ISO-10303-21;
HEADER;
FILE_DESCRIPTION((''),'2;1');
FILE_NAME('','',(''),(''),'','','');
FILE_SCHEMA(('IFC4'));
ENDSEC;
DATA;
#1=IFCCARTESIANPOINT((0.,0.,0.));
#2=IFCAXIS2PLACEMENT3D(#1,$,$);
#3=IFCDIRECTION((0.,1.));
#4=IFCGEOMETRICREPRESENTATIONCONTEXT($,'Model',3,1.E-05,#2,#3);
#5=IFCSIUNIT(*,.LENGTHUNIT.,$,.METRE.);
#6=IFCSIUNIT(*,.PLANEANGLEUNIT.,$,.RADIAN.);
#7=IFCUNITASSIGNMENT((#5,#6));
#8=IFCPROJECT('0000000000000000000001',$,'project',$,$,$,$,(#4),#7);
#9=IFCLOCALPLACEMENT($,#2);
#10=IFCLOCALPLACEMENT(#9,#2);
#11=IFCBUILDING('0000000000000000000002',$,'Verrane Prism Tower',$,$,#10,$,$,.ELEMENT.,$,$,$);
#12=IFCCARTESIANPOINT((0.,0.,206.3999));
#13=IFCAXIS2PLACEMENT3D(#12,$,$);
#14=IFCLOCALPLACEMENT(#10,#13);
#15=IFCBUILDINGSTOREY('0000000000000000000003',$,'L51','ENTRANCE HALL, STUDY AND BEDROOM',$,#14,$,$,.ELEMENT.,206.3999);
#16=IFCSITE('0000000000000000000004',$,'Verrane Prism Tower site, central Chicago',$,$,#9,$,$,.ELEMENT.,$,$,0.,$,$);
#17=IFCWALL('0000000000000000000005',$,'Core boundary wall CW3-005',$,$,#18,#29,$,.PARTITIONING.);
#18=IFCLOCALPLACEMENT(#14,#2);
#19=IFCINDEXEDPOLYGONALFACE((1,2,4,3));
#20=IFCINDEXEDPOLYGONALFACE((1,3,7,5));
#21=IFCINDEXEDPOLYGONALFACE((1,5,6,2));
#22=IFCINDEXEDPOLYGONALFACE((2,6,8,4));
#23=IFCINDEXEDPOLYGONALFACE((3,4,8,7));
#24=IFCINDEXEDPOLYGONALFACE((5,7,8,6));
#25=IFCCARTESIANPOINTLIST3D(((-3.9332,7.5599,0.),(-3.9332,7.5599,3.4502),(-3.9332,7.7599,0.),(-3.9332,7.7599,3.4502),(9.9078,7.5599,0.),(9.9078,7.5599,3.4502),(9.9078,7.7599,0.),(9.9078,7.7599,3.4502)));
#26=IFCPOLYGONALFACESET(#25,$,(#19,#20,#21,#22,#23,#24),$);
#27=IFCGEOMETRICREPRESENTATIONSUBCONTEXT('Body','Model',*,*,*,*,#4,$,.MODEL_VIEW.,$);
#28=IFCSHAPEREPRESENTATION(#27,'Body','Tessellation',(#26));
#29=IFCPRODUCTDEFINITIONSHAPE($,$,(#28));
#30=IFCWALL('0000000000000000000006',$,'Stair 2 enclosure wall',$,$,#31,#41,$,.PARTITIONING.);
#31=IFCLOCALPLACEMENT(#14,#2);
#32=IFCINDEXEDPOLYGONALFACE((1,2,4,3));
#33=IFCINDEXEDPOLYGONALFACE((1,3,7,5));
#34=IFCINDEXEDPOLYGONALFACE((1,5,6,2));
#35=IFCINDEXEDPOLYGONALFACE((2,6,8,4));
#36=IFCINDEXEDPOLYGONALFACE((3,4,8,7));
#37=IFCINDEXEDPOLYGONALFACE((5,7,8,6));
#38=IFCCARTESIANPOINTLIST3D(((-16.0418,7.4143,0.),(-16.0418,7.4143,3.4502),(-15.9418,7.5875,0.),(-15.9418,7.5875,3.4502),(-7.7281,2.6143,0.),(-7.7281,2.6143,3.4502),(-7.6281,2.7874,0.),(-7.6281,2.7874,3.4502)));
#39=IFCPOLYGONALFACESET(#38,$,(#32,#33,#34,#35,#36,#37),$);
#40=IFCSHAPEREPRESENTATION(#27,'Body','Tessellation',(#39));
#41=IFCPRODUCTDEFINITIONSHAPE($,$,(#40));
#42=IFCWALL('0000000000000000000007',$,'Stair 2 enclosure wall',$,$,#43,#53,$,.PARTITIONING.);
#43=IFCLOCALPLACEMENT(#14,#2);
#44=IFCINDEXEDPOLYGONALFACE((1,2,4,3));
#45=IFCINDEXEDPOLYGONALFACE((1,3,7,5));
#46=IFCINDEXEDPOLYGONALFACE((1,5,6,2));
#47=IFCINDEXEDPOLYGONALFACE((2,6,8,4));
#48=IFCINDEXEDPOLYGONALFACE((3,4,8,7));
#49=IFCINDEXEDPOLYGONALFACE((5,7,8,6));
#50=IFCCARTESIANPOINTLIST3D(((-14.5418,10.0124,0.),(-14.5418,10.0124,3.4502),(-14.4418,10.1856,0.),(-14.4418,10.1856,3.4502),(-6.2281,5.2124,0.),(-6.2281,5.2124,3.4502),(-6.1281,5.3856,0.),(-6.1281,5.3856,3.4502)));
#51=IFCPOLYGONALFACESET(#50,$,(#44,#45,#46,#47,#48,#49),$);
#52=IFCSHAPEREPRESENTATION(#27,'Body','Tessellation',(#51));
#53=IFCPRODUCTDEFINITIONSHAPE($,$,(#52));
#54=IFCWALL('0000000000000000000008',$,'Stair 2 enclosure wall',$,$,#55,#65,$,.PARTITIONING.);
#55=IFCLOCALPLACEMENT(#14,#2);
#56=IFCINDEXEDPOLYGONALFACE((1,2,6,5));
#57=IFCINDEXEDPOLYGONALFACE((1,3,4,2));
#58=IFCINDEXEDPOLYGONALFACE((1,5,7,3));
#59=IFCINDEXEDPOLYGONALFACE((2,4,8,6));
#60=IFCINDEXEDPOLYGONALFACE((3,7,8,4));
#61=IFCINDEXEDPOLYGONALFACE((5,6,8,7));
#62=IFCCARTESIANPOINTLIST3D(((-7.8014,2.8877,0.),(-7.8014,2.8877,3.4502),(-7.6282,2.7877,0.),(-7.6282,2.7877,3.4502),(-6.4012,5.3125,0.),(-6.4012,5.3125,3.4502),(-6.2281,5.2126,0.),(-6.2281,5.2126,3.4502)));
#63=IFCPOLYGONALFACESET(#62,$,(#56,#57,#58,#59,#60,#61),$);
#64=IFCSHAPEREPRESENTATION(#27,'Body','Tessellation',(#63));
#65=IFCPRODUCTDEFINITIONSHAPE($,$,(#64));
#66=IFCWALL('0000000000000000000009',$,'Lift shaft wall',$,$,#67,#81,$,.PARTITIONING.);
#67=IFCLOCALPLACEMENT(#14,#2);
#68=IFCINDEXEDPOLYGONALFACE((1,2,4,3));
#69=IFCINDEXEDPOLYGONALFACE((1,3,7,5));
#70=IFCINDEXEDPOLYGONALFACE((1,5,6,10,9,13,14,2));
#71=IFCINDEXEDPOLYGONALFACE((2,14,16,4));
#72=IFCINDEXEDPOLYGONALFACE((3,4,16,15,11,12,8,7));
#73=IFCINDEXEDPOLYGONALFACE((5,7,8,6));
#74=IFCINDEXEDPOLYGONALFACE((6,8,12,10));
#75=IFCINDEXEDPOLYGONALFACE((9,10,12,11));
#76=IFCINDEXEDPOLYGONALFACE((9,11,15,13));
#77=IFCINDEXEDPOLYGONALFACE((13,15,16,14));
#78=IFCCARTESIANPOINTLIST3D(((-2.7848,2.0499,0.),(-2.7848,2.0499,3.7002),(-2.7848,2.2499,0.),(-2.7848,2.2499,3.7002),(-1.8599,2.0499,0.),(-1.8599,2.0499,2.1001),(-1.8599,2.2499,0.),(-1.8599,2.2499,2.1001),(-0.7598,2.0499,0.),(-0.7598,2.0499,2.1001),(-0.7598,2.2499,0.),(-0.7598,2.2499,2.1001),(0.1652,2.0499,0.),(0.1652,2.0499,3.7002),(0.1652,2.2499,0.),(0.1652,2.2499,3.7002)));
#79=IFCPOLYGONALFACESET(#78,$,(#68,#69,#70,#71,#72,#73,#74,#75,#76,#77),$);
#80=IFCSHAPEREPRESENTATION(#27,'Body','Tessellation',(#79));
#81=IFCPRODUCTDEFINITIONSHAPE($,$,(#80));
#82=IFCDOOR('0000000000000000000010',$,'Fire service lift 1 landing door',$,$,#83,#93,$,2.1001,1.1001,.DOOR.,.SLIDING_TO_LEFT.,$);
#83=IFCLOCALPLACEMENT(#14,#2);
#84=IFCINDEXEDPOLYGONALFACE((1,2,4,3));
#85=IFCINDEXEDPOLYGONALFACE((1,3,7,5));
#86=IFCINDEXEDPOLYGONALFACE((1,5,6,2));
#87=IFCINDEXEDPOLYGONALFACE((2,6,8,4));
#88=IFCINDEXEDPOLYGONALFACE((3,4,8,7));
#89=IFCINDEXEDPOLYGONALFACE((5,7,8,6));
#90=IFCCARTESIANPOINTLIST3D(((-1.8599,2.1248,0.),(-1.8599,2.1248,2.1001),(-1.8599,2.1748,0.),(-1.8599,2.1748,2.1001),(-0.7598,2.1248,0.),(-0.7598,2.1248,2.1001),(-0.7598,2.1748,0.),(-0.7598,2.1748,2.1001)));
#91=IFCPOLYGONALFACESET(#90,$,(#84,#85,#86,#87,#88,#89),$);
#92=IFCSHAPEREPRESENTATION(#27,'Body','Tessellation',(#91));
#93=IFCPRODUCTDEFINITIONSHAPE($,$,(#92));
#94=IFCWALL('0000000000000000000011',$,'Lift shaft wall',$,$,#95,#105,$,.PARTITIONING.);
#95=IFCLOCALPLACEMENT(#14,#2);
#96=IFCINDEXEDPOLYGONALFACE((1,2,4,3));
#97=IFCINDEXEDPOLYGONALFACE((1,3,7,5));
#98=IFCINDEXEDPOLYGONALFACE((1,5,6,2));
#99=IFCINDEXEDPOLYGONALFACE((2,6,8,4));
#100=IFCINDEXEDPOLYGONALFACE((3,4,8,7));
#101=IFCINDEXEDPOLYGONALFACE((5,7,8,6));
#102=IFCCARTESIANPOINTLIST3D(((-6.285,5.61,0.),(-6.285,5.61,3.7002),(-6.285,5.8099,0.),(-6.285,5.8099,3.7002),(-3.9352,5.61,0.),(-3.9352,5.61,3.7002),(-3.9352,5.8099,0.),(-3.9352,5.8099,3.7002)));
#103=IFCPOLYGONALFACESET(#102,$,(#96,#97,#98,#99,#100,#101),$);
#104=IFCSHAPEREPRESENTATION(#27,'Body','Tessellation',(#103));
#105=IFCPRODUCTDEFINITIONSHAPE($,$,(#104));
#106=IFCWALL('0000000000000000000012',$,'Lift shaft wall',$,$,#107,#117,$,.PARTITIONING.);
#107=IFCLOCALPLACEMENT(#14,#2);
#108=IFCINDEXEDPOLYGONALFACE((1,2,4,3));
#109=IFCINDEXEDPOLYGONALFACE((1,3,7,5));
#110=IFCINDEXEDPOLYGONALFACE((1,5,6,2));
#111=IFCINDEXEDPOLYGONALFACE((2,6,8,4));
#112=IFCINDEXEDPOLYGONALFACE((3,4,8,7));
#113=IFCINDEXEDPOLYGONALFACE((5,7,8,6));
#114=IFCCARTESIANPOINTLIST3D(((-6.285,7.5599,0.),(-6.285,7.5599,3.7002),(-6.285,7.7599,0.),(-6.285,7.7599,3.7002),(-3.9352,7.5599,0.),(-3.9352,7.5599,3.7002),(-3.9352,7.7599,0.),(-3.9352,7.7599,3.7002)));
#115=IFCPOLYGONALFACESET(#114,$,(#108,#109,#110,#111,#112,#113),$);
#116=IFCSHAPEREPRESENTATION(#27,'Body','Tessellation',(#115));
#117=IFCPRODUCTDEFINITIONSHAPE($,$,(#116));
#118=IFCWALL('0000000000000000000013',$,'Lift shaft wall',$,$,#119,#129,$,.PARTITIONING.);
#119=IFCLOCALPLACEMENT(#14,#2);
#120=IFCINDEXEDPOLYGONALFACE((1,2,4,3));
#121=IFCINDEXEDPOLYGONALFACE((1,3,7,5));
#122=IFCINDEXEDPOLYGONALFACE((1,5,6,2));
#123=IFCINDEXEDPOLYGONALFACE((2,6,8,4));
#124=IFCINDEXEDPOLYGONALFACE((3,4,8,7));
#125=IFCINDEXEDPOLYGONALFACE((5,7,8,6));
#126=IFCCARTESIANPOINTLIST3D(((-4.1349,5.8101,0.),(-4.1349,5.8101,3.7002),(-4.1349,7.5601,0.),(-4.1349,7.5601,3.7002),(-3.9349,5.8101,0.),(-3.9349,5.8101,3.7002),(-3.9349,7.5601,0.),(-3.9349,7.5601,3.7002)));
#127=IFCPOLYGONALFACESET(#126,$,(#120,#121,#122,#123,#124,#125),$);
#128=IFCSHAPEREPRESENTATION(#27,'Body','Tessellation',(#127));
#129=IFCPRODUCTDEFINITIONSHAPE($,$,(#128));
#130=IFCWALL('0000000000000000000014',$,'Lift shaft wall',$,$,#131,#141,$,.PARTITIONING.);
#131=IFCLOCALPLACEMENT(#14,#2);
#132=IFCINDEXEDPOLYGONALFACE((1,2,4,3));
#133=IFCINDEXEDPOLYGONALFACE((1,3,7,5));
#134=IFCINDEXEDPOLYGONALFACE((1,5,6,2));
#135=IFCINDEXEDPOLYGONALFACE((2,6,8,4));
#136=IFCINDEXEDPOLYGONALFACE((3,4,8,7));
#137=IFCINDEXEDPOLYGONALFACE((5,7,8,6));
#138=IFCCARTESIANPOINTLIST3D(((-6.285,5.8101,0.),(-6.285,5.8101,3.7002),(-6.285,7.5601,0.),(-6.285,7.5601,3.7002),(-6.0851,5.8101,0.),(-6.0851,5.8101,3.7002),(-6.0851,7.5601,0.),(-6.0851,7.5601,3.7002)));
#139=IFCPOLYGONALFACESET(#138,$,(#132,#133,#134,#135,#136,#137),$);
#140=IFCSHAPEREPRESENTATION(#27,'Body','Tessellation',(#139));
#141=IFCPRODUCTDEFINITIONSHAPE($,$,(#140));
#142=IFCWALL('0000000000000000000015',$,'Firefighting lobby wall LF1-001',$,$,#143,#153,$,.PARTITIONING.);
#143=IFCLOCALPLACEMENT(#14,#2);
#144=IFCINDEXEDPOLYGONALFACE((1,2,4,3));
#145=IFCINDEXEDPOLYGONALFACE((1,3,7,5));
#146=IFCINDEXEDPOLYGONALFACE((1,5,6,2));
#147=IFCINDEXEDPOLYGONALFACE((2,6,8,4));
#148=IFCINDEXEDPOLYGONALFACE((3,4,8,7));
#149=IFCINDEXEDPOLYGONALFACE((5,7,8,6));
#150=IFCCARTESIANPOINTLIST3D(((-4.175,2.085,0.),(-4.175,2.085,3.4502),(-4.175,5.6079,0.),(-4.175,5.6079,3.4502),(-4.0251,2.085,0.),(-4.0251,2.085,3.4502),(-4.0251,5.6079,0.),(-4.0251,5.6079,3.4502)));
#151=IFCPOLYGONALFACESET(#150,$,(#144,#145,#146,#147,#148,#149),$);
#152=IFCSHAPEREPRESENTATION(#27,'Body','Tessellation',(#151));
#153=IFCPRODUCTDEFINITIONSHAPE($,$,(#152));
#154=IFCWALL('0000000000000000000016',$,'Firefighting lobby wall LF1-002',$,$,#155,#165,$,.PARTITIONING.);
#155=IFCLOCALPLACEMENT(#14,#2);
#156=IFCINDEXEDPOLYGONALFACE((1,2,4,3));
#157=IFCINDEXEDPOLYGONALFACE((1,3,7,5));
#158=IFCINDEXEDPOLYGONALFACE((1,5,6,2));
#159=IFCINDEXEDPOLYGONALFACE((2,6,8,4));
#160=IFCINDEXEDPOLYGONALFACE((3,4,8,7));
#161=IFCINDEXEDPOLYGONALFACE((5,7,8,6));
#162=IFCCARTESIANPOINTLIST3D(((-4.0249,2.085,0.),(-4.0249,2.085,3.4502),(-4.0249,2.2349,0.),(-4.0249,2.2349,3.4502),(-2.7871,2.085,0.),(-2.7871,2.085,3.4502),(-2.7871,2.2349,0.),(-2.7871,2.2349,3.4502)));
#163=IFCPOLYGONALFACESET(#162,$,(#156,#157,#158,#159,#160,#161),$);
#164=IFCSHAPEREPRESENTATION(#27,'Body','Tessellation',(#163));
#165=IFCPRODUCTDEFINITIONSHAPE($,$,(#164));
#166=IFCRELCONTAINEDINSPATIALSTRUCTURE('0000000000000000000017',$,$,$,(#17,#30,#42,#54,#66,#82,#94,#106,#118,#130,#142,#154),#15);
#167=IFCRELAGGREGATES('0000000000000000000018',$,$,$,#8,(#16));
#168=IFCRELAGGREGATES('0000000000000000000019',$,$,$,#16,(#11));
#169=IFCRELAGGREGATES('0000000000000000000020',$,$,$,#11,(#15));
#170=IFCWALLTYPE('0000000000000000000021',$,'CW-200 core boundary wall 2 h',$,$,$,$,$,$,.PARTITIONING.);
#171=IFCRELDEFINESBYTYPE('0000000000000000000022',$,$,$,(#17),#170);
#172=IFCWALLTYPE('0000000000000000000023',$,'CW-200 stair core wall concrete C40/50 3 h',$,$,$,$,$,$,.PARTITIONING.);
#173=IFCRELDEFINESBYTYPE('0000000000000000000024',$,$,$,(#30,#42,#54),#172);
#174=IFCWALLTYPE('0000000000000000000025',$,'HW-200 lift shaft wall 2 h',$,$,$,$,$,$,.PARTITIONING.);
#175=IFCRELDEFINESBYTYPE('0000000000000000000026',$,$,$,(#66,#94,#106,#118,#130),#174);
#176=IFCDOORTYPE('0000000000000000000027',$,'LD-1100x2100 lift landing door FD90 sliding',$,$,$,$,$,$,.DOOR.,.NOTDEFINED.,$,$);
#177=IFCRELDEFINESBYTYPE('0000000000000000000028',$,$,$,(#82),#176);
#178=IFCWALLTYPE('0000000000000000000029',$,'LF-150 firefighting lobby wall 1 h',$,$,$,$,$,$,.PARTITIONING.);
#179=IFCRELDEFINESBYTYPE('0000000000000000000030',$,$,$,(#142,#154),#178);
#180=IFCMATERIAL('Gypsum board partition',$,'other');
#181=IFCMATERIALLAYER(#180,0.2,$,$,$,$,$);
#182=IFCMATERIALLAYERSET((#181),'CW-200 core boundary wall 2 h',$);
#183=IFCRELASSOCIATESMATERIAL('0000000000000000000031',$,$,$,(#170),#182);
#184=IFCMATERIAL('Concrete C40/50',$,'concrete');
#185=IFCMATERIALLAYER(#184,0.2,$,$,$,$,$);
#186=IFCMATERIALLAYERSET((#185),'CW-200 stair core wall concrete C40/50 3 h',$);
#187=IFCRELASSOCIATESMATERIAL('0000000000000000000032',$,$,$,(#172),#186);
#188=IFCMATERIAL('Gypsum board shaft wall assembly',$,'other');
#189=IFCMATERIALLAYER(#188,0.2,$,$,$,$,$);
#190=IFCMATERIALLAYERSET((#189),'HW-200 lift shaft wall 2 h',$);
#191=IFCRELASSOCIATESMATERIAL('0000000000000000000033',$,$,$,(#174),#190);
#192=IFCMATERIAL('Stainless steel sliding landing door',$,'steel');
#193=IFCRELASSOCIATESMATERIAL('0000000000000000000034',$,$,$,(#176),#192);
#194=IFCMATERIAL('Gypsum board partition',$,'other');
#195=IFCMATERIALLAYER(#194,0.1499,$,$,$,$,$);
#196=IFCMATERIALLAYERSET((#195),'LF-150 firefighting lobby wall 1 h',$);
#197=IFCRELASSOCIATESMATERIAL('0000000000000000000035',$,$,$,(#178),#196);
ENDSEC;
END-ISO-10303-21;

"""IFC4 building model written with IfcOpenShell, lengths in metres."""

from ifc_helpers import new_model, si_unit, direction, frame, frame_2d, origin, place, context, subcontext, project, spatial, rectangle, extrude, material, layer, layer_set, type_object, element, fill, save


model = new_model("IFC4")

# Units and contexts
model_context = context("Model", 3, precision=1e-05, world=origin(), true_north=direction((0.0, 1.0)))
body_context = subcontext(model_context, "Body", "Model", "MODEL_VIEW")
ifc_project = project(units=[si_unit("LENGTHUNIT", "METRE"), si_unit("PLANEANGLEUNIT", "RADIAN")], contexts=[model_context])

# Site, building, storey
site_placement = place(None, origin())
site = spatial("IfcSite", under=ifc_project, at=site_placement, Name="Verrane Prism Tower site, central Chicago", CompositionType="ELEMENT", RefElevation=0.0)
building_placement = place(site_placement, origin())
building = spatial("IfcBuilding", under=site, at=building_placement, Name="Verrane Prism Tower", CompositionType="ELEMENT")
storey_placement = place(building_placement, frame((0.0, 0.0, 206.3999)))
storey = spatial("IfcBuildingStorey", under=building, at=storey_placement, Name="L51", Description="ENTRANCE HALL, STUDY AND BEDROOM", CompositionType="ELEMENT", Elevation=206.3999)

# Shared definitions
ifc_material_1 = material(Name="Gypsum board partition", Category="other")
ifc_layer_1 = layer(ifc_material_1, 0.2)
ifc_layer_set_1 = layer_set([ifc_layer_1], Name="CW-200 core boundary wall 2 h")
wall_type_1 = type_object("IfcWallType", Name="CW-200 core boundary wall 2 h", PredefinedType="PARTITIONING", material=ifc_layer_set_1)

# Walls
wall_1_placement = place(storey_placement, frame((-3.9331, 7.6599, 0.0), z_axis=(0.0, 0.0, 1.0), x_axis=(1.0, 0.0, 0.0)))
element("IfcWall", 1, at=wall_1_placement, inside=storey, type_object=wall_type_1, Name="Core boundary wall CW3-005", PredefinedType="PARTITIONING", context=body_context, shape_type="SweptSolid", body=[
    extrude(rectangle(XDim=13.8411, YDim=0.2, at=frame_2d((6.9204, 0.0))), origin(), (0.0, 0.0, 1.0), 3.4502),
])
ifc_material_2 = material(Name="Concrete C40/50", Category="concrete")
ifc_layer_2 = layer(ifc_material_2, 0.2)
ifc_layer_set_2 = layer_set([ifc_layer_2], Name="CW-200 stair core wall concrete C40/50 3 h")
wall_type_2 = type_object("IfcWallType", Name="CW-200 stair core wall concrete C40/50 3 h", PredefinedType="PARTITIONING", material=ifc_layer_set_2)
for number, where, z_axis, x_axis, name in (
    (2, (-7.6782, 2.7009, 0.0), (0.0, 0.0, 1.0), (-0.86602, 0.500009, 0.0), "Stair 2 enclosure wall"),
    (3, (-6.1782, 5.2991, 0.0), (0.0, 0.0, 1.0), (-0.86602, 0.500009, 0.0), "Stair 2 enclosure wall"),
):
    element("IfcWall", number, at=place(storey_placement, frame(where, z_axis=z_axis, x_axis=x_axis)), inside=storey, type_object=wall_type_2, Name=name, PredefinedType="PARTITIONING", context=body_context, shape_type="SweptSolid", body=[
        extrude(rectangle(XDim=9.5999, YDim=0.2, at=frame_2d((4.7998, 0.0))), origin(), (0.0, 0.0, 1.0), 3.4502),
    ])
wall_2_placement = place(storey_placement, frame((-6.3147, 5.2625, 0.0), z_axis=(0.0, 0.0, 1.0), x_axis=(-0.50005, -0.865997, 0.0)))
element("IfcWall", 4, at=wall_2_placement, inside=storey, type_object=wall_type_2, Name="Stair 2 enclosure wall", PredefinedType="PARTITIONING", context=body_context, shape_type="SweptSolid", body=[
    extrude(rectangle(XDim=2.8, YDim=0.2, at=frame_2d((1.3999, 0.0))), origin(), (0.0, 0.0, 1.0), 3.4502),
])

# Wall, opening, door
ifc_material_3 = material(Name="Gypsum board shaft wall assembly", Category="other")
ifc_layer_3 = layer(ifc_material_3, 0.2)
ifc_layer_set_3 = layer_set([ifc_layer_3], Name="HW-200 lift shaft wall 2 h")
wall_type_3 = type_object("IfcWallType", Name="HW-200 lift shaft wall 2 h", PredefinedType="PARTITIONING", material=ifc_layer_set_3)
wall_3_placement = place(storey_placement, frame((-2.7849, 2.1499, 0.0), z_axis=(0.0, 0.0, 1.0), x_axis=(1.0, 0.0, 0.0)))
wall_3 = element("IfcWall", 5, at=wall_3_placement, inside=storey, type_object=wall_type_3, Name="Lift shaft wall", PredefinedType="PARTITIONING", context=body_context, shape_type="SweptSolid", body=[
    extrude(rectangle(XDim=2.95, YDim=0.2, at=frame_2d((1.4751, 0.0))), origin(), (0.0, 0.0, 1.0), 3.7002),
])
opening_1_placement = place(wall_3_placement, frame((0.925, 0.0, 0.0)))
opening_1 = element("IfcOpeningElement", 6, at=opening_1_placement, cuts=wall_3, PredefinedType="OPENING", context=body_context, shape_type="SweptSolid", body=[
    extrude(rectangle(XDim=1.1001, YDim=2.1001, at=frame_2d((0.55, 1.05))), frame((0.0, 0.1099, 0.0), z_axis=(0.0, -1.0, 0.0), x_axis=(1.0, 0.0, 0.0)), (0.0, 0.0, 1.0), 0.22),
])
ifc_material_4 = material(Name="Stainless steel sliding landing door", Category="steel")
door_type_1 = type_object("IfcDoorType", Name="LD-1100x2100 lift landing door FD90 sliding", OperationType="NOTDEFINED", PredefinedType="DOOR", material=ifc_material_4)
door_1_placement = place(opening_1_placement, origin())
door_1 = element("IfcDoor", 7, at=door_1_placement, inside=storey, type_object=door_type_1, Name="Fire service lift 1 landing door", OperationType="SLIDING_TO_LEFT", OverallHeight=2.1001, OverallWidth=1.1001, PredefinedType="DOOR", context=body_context, shape_type="SweptSolid", body=[
    extrude(rectangle(XDim=1.1001, YDim=2.1001, at=frame_2d((0.55, 1.05))), frame((0.0, 0.0249, 0.0), z_axis=(0.0, -1.0, 0.0), x_axis=(1.0, 0.0, 0.0)), (0.0, 0.0, 1.0), 0.05),
])
fill(opening_1, door_1)

# Walls
for number, where, z_axis, x_axis, name in (
    (8, (-6.2849, 5.71, 0.0), (0.0, 0.0, 1.0), (1.0, 0.0, 0.0), "Lift shaft wall"),
    (9, (-6.2849, 7.6599, 0.0), (0.0, 0.0, 1.0), (1.0, 0.0, 0.0), "Lift shaft wall"),
):
    element("IfcWall", number, at=place(storey_placement, frame(where, z_axis=z_axis, x_axis=x_axis)), inside=storey, type_object=wall_type_3, Name=name, PredefinedType="PARTITIONING", context=body_context, shape_type="SweptSolid", body=[
        extrude(rectangle(XDim=2.3499, YDim=0.2, at=frame_2d((1.1748, 0.0))), origin(), (0.0, 0.0, 1.0), 3.7002),
    ])
for number, where, z_axis, x_axis, name in (
    (10, (-4.0349, 5.8101, 0.0), (0.0, 0.0, 1.0), (0.0, 1.0, 0.0), "Lift shaft wall"),
    (11, (-6.1851, 5.8101, 0.0), (0.0, 0.0, 1.0), (0.0, 1.0, 0.0), "Lift shaft wall"),
):
    element("IfcWall", number, at=place(storey_placement, frame(where, z_axis=z_axis, x_axis=x_axis)), inside=storey, type_object=wall_type_3, Name=name, PredefinedType="PARTITIONING", context=body_context, shape_type="SweptSolid", body=[
        extrude(rectangle(XDim=1.75, YDim=0.2, at=frame_2d((0.875, 0.0))), origin(), (0.0, 0.0, 1.0), 3.7002),
    ])
ifc_material_5 = material(Name="Gypsum board partition", Category="other")
ifc_layer_4 = layer(ifc_material_5, 0.1499)
ifc_layer_set_4 = layer_set([ifc_layer_4], Name="LF-150 firefighting lobby wall 1 h")
wall_type_4 = type_object("IfcWallType", Name="LF-150 firefighting lobby wall 1 h", PredefinedType="PARTITIONING", material=ifc_layer_set_4)
wall_4_placement = place(storey_placement, frame((-4.1001, 2.085, 0.0), z_axis=(0.0, 0.0, 1.0), x_axis=(0.0, 1.0, 0.0)))
element("IfcWall", 12, at=wall_4_placement, inside=storey, type_object=wall_type_4, Name="Firefighting lobby wall LF1-001", PredefinedType="PARTITIONING", context=body_context, shape_type="SweptSolid", body=[
    extrude(rectangle(XDim=3.5229, YDim=0.1499, at=frame_2d((1.7615, 0.0))), origin(), (0.0, 0.0, 1.0), 3.4502),
])
wall_5_placement = place(storey_placement, frame((-4.0249, 2.1599, 0.0), z_axis=(0.0, 0.0, 1.0), x_axis=(1.0, 0.0, 0.0)))
element("IfcWall", 13, at=wall_5_placement, inside=storey, type_object=wall_type_4, Name="Firefighting lobby wall LF1-002", PredefinedType="PARTITIONING", context=body_context, shape_type="SweptSolid", body=[
    extrude(rectangle(XDim=1.2378, YDim=0.1499, at=frame_2d((0.6189, 0.0))), origin(), (0.0, 0.0, 1.0), 3.4502),
])

save(model, "model.ifc")
